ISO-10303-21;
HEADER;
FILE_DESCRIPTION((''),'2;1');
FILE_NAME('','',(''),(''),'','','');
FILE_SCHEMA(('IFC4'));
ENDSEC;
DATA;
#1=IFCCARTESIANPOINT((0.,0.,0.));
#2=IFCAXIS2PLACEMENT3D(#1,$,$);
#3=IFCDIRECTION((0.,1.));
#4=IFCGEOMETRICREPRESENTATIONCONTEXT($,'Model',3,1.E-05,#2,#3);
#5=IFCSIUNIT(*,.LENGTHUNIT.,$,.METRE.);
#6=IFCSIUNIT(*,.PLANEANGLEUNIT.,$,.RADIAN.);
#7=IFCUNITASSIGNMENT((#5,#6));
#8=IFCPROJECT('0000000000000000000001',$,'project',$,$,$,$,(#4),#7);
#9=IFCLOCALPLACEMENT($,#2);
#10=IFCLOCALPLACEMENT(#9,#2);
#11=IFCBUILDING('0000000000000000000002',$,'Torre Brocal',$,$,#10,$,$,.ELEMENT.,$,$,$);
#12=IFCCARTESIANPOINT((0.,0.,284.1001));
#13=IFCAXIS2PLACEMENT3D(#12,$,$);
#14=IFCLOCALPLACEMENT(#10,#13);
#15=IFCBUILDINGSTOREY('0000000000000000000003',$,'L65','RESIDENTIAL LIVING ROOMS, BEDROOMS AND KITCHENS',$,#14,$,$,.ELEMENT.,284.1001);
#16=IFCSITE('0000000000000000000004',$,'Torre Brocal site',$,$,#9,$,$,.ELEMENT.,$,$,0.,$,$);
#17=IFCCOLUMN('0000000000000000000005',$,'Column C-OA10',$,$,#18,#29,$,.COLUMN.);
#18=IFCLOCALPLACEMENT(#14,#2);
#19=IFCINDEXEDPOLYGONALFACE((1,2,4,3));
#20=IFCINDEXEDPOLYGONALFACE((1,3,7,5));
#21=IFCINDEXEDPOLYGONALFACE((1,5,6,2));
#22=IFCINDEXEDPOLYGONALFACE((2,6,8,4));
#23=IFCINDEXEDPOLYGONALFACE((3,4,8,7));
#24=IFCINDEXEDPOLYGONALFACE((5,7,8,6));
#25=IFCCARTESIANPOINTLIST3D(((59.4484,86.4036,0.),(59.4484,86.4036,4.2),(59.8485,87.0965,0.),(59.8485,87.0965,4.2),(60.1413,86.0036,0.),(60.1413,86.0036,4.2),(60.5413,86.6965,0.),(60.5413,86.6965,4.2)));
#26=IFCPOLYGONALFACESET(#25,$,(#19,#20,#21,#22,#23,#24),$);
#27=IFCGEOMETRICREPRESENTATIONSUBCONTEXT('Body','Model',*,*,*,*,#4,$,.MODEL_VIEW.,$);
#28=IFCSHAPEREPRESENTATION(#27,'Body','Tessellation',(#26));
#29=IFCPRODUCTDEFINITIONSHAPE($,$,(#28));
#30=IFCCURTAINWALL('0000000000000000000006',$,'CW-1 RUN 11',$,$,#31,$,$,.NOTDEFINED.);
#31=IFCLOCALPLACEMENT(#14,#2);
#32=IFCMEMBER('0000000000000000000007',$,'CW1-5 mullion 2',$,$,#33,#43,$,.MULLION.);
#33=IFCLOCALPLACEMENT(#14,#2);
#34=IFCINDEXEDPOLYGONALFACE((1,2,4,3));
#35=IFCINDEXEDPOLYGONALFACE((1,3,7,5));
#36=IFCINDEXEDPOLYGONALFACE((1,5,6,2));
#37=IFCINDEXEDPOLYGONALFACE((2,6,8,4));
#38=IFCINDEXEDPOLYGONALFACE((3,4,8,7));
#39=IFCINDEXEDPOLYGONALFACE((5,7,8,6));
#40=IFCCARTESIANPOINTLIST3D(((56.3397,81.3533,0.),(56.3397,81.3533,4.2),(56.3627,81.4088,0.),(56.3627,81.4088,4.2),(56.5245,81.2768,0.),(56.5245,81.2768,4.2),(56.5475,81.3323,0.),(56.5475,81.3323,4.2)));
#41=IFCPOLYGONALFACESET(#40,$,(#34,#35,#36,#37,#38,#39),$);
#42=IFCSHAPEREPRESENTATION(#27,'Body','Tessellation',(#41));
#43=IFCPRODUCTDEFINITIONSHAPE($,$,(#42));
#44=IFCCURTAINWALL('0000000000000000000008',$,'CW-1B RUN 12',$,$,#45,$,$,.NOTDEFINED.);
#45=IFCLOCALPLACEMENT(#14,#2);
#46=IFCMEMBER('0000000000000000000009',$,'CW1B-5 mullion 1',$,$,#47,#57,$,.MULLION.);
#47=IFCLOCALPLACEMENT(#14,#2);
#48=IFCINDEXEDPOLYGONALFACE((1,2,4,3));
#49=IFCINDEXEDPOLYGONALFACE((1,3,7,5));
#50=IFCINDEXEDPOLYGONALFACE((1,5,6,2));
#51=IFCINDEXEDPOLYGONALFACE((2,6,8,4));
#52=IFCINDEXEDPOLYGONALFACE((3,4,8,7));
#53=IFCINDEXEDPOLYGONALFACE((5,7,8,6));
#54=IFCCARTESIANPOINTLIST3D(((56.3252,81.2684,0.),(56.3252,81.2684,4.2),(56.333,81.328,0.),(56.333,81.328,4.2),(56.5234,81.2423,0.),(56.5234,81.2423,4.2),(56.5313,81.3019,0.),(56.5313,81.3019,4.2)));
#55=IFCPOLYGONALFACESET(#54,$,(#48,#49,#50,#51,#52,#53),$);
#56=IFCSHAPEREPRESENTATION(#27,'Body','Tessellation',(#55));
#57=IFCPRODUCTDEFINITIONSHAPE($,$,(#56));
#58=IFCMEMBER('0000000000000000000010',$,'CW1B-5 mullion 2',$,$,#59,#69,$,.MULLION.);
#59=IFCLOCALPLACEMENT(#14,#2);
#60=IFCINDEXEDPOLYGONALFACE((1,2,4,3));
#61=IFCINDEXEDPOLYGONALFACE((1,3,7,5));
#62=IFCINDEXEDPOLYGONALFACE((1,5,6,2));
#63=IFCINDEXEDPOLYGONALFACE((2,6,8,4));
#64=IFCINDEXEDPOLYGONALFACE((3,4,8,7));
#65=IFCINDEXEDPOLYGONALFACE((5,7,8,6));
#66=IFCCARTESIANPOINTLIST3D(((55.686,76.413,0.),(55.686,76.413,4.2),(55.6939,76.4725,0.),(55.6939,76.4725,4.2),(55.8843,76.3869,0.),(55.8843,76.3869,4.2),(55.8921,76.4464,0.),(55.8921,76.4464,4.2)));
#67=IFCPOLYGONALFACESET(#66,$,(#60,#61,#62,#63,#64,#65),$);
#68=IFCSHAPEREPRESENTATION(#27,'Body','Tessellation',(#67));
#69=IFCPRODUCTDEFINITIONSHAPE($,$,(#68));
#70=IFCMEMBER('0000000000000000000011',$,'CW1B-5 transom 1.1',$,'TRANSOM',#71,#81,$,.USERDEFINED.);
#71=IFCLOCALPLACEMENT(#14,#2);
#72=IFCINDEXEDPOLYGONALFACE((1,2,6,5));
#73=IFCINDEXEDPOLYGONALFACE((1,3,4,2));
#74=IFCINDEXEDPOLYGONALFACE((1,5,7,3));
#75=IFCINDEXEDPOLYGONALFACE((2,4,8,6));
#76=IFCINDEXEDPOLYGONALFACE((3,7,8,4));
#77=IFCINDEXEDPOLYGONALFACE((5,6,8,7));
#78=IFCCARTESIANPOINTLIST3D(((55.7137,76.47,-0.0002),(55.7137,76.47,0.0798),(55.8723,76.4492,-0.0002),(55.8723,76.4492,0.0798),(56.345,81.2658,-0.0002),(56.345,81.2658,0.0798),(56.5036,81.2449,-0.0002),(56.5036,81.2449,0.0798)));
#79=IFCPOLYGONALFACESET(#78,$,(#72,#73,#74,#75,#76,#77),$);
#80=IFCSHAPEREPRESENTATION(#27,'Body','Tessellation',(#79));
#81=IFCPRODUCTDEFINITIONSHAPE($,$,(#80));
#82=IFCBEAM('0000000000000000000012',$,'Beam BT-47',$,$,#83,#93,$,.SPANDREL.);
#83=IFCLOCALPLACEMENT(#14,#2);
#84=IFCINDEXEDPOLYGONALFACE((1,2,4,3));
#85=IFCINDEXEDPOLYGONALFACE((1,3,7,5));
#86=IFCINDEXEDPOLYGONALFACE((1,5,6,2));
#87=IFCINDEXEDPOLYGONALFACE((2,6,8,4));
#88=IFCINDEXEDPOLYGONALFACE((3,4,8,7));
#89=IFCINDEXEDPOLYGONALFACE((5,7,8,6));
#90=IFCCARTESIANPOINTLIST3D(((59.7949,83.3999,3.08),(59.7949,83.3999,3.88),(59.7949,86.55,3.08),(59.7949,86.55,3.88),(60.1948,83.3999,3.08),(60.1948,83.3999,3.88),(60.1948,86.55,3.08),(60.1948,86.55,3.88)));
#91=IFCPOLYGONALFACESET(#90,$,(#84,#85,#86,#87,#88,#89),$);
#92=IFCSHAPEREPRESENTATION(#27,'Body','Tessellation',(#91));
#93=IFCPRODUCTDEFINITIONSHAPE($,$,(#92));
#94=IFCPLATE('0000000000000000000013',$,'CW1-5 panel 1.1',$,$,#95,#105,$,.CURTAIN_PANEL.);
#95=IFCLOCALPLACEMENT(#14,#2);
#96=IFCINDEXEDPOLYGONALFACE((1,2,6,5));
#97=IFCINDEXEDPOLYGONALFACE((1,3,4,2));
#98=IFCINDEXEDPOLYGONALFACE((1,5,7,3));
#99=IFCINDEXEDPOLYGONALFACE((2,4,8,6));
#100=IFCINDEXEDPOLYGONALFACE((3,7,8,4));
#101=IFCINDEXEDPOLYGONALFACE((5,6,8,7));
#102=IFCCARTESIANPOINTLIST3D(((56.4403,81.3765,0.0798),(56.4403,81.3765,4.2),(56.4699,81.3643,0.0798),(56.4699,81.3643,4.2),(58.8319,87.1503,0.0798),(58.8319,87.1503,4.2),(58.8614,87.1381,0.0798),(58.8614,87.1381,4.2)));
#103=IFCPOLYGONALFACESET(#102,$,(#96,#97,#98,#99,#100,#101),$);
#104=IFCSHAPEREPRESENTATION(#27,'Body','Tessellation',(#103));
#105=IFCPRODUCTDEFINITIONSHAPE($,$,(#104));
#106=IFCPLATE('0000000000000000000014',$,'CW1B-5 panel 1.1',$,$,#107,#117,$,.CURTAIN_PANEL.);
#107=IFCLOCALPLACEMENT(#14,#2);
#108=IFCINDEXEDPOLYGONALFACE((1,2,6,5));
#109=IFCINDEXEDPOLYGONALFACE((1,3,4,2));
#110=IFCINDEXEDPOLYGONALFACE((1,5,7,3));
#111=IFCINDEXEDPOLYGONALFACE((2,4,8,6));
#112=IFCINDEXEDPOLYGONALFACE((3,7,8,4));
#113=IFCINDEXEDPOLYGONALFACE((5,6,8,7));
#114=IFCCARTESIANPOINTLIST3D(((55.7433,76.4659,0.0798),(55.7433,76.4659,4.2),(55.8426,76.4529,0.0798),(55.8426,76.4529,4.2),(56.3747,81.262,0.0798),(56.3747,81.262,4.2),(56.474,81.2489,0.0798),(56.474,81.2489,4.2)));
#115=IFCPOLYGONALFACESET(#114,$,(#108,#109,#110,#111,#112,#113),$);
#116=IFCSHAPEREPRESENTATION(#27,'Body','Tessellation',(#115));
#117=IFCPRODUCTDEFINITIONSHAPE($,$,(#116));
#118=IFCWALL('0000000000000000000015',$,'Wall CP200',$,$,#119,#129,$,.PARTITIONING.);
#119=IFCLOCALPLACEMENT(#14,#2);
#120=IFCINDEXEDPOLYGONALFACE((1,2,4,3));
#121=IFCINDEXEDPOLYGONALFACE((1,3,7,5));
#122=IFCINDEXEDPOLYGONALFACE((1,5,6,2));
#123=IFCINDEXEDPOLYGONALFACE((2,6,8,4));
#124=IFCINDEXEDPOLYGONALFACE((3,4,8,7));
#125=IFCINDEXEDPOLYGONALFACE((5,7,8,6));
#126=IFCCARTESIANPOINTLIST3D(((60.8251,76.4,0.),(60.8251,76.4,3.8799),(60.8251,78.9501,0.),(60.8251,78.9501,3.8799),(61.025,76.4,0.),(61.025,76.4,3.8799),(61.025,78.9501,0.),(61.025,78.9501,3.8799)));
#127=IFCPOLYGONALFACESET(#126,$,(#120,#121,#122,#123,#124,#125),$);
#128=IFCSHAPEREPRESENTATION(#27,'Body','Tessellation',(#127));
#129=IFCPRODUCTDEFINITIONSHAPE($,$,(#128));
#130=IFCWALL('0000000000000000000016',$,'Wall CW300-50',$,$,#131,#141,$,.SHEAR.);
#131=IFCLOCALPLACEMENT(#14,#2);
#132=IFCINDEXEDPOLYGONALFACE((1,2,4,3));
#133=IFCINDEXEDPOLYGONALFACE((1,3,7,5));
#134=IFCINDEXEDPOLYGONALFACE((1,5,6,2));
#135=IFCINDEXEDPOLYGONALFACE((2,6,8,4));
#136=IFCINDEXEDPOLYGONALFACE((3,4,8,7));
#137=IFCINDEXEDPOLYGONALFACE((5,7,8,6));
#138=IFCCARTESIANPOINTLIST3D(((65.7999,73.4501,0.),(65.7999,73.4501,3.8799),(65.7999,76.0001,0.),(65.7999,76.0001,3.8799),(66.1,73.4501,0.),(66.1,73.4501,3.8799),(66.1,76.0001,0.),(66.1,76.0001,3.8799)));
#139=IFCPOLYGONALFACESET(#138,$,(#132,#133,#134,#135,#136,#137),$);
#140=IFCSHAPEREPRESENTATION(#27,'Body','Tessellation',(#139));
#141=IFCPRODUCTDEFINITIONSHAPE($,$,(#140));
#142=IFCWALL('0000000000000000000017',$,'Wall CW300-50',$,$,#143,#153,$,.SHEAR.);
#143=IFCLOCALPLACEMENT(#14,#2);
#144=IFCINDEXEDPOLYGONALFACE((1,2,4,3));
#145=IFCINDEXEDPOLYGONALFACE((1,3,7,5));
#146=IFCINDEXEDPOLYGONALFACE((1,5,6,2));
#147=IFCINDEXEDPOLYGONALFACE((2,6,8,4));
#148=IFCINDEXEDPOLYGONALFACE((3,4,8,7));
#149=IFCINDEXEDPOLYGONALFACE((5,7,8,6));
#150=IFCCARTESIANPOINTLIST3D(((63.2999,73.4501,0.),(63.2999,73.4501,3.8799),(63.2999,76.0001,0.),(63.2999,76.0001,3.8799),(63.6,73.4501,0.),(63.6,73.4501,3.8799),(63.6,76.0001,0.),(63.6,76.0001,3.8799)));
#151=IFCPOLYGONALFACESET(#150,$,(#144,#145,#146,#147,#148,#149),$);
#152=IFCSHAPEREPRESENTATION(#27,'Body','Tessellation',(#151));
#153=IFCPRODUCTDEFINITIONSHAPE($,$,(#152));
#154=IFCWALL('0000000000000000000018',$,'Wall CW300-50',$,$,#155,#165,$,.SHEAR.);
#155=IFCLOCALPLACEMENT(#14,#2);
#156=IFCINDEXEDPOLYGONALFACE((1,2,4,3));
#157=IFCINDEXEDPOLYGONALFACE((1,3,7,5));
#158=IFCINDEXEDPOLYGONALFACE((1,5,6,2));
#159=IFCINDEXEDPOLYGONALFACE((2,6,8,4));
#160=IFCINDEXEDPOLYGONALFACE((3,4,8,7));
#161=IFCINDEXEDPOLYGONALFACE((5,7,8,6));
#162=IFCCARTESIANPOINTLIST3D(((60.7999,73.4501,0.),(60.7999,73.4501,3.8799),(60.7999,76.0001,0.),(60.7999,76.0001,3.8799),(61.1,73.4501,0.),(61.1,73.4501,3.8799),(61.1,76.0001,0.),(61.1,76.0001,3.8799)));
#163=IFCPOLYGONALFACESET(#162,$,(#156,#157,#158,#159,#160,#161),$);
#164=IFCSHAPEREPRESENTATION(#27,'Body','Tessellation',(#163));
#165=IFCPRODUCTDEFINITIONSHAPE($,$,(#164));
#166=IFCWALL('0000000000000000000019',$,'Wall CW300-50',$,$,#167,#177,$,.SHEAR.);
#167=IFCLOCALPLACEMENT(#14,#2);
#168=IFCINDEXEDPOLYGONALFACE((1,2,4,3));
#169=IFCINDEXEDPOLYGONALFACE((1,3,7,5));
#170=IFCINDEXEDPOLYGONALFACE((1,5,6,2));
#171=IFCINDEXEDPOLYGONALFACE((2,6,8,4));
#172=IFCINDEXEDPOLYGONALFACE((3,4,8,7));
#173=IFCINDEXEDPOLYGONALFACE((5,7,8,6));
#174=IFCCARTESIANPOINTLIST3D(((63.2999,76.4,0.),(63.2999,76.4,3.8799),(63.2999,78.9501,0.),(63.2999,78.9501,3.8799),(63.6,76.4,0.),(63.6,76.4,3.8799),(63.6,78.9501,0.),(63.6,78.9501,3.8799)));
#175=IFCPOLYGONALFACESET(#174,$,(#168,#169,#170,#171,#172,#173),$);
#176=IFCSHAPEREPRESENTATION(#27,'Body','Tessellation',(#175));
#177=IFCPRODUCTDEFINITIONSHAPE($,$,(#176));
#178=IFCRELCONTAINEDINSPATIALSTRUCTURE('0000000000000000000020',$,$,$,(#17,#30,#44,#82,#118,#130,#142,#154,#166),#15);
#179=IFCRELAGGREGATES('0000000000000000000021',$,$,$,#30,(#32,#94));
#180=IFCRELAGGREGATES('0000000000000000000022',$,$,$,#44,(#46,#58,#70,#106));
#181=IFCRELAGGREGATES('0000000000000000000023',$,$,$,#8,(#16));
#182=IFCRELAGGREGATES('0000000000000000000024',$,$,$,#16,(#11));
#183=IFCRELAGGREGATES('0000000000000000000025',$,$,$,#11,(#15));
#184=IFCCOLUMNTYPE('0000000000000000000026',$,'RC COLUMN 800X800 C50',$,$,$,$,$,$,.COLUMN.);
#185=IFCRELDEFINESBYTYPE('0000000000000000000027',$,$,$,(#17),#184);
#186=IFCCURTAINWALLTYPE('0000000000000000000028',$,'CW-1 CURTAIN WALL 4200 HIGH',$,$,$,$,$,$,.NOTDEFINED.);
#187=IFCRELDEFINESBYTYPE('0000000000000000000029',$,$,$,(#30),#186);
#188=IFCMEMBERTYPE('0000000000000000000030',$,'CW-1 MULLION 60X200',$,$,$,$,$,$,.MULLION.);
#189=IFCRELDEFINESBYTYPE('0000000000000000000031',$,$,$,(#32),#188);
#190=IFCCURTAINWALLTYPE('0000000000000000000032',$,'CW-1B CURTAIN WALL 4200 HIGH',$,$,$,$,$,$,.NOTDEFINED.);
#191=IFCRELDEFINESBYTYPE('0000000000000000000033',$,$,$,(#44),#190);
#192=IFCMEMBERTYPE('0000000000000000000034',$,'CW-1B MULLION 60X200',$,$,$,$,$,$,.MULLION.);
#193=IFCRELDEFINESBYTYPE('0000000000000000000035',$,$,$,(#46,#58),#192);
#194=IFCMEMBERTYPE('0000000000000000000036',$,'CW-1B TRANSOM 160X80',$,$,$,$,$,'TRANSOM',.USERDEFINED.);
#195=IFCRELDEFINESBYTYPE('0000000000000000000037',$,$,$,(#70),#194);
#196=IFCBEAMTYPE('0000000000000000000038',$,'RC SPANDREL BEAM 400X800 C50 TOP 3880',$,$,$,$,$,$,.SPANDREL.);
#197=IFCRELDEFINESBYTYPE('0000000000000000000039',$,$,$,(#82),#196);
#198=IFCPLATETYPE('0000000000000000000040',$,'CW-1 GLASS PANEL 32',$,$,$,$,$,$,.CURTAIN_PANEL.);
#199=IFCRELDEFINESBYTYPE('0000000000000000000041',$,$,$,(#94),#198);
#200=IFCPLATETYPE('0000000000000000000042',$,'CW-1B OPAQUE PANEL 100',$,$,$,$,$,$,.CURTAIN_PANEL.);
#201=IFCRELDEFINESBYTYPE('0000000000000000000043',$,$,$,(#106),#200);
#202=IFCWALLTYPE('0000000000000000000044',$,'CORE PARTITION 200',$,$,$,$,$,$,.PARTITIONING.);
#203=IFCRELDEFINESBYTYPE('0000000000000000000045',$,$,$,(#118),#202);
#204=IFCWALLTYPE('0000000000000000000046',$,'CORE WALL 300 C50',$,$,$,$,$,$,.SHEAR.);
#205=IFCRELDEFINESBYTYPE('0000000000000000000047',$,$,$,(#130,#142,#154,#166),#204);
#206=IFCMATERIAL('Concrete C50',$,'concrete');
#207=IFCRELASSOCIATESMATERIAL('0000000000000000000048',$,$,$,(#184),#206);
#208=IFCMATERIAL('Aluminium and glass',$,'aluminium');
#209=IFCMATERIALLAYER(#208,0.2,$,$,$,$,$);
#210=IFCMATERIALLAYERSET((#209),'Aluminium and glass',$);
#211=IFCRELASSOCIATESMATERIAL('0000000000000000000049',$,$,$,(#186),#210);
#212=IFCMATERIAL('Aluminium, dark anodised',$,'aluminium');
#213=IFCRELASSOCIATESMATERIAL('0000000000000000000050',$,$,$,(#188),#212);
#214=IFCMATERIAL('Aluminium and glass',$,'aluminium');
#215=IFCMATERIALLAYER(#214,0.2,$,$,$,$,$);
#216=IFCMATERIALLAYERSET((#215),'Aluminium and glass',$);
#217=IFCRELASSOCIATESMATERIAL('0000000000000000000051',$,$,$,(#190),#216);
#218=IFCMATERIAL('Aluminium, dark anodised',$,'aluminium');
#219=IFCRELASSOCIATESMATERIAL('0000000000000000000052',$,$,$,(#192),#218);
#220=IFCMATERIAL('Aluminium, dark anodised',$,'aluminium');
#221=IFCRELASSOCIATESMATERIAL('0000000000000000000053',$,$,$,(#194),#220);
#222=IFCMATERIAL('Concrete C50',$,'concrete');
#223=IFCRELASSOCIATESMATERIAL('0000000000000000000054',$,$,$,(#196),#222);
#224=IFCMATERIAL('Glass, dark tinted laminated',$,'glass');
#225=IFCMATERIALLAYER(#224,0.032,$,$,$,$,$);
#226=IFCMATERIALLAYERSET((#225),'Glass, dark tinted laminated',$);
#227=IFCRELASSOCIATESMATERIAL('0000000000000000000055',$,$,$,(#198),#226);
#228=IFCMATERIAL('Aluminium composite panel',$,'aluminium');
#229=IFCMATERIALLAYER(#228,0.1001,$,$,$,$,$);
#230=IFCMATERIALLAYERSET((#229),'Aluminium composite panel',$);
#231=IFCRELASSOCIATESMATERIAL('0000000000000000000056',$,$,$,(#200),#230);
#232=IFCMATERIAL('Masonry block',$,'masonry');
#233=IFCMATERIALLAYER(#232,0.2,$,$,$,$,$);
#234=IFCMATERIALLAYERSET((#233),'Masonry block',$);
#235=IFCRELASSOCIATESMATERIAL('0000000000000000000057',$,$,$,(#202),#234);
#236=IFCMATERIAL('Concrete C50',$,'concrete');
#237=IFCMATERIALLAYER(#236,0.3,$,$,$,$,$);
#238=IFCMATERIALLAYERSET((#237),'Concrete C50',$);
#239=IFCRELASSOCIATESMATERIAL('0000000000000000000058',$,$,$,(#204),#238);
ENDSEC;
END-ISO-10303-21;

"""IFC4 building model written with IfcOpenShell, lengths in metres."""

from ifc_helpers import new_model, si_unit, direction, frame, frame_2d, origin, origin_2d, place, context, subcontext, project, spatial, rectangle, extrude, material, layer, layer_set, material_profile, profile_set, type_object, element, aggregate, save


model = new_model("IFC4")

# Units and contexts
model_context = context("Model", 3, precision=1e-05, world=origin(), true_north=direction((0.0, 1.0)))
body_context = subcontext(model_context, "Body", "Model", "MODEL_VIEW")
ifc_project = project(units=[si_unit("LENGTHUNIT", "METRE"), si_unit("PLANEANGLEUNIT", "RADIAN")], contexts=[model_context])

# Site, building, storey
site_placement = place(None, origin())
site = spatial("IfcSite", under=ifc_project, at=site_placement, Name="Torre Brocal site", CompositionType="ELEMENT", RefElevation=0.0)
building_placement = place(site_placement, origin())
building = spatial("IfcBuilding", under=site, at=building_placement, Name="Torre Brocal", CompositionType="ELEMENT")
storey_placement = place(building_placement, frame((0.0, 0.0, 284.1001)))
storey = spatial("IfcBuildingStorey", under=building, at=storey_placement, Name="L65", Description="RESIDENTIAL LIVING ROOMS, BEDROOMS AND KITCHENS", CompositionType="ELEMENT", Elevation=284.1001)

# Column
ifc_material_1 = material(Name="Concrete C50", Category="concrete")
ifc_material_profile_1 = material_profile(ifc_material_1, rectangle(XDim=0.8, YDim=0.8, at=origin_2d()), Name="RC 800X800")
ifc_profile_set_1 = profile_set([ifc_material_profile_1], Name="Concrete C50")
column_type = type_object("IfcColumnType", Name="RC COLUMN 800X800 C50", PredefinedType="COLUMN", material=ifc_profile_set_1)
column_placement = place(storey_placement, frame((59.9949, 86.55, 0.0), z_axis=(0.0, 0.0, 1.0), x_axis=(-0.866025, 0.5, 0.0)))
element("IfcColumn", 1, at=column_placement, inside=storey, type_object=column_type, Name="Column C-OA10", PredefinedType="COLUMN", context=body_context, shape_type="SweptSolid", body=[
    extrude(rectangle(XDim=0.8, YDim=0.8, at=origin_2d()), origin(), (0.0, 0.0, 1.0), 4.2),
])

# Curtain wall, member
ifc_material_2 = material(Name="Aluminium and glass", Category="aluminium")
ifc_layer_1 = layer(ifc_material_2, 0.2)
ifc_layer_set_1 = layer_set([ifc_layer_1], Name="Aluminium and glass")
curtain_wall_type_1 = type_object("IfcCurtainWallType", Name="CW-1 CURTAIN WALL 4200 HIGH", PredefinedType="NOTDEFINED", material=ifc_layer_set_1)
curtain_wall_1_placement = place(storey_placement, origin())
curtain_wall_1 = element("IfcCurtainWall", 2, at=curtain_wall_1_placement, inside=storey, type_object=curtain_wall_type_1, Name="CW-1 RUN 11", PredefinedType="NOTDEFINED")
ifc_material_3 = material(Name="Aluminium, dark anodised", Category="aluminium")
ifc_material_profile_2 = material_profile(ifc_material_3, rectangle(XDim=0.2, YDim=0.0601, at=origin_2d()), Name="CW-1 MULLION 60X200")
ifc_profile_set_2 = profile_set([ifc_material_profile_2], Name="Aluminium, dark anodised")
member_type_1 = type_object("IfcMemberType", Name="CW-1 MULLION 60X200", PredefinedType="MULLION", material=ifc_profile_set_2)
member_1_placement = place(storey_placement, frame((56.4436, 81.3428, 0.0), z_axis=(0.0, 0.0, 1.0), x_axis=(0.92388, -0.382683, 0.0)))
member_1 = element("IfcMember", 3, at=member_1_placement, type_object=member_type_1, Name="CW1-5 mullion 2", PredefinedType="MULLION", context=body_context, shape_type="SweptSolid", body=[
    extrude(rectangle(XDim=0.2, YDim=0.0601, at=origin_2d()), origin(), (0.0, 0.0, 1.0), 4.2),
])

# Curtain wall, members
ifc_material_4 = material(Name="Aluminium and glass", Category="aluminium")
ifc_layer_2 = layer(ifc_material_4, 0.2)
ifc_layer_set_2 = layer_set([ifc_layer_2], Name="Aluminium and glass")
curtain_wall_type_2 = type_object("IfcCurtainWallType", Name="CW-1B CURTAIN WALL 4200 HIGH", PredefinedType="NOTDEFINED", material=ifc_layer_set_2)
curtain_wall_2_placement = place(storey_placement, origin())
curtain_wall_2 = element("IfcCurtainWall", 4, at=curtain_wall_2_placement, inside=storey, type_object=curtain_wall_type_2, Name="CW-1B RUN 12", PredefinedType="NOTDEFINED")
ifc_material_5 = material(Name="Aluminium, dark anodised", Category="aluminium")
ifc_material_profile_3 = material_profile(ifc_material_5, rectangle(XDim=0.2, YDim=0.0601, at=origin_2d()), Name="CW-1B MULLION 60X200")
ifc_profile_set_3 = profile_set([ifc_material_profile_3], Name="Aluminium, dark anodised")
member_type_2 = type_object("IfcMemberType", Name="CW-1B MULLION 60X200", PredefinedType="MULLION", material=ifc_profile_set_3)
member_2_placement = place(storey_placement, frame((56.4282, 81.2852, 0.0), z_axis=(0.0, 0.0, 1.0), x_axis=(0.991445, -0.130526, 0.0)))
member_2 = element("IfcMember", 5, at=member_2_placement, type_object=member_type_2, Name="CW1B-5 mullion 1", PredefinedType="MULLION", context=body_context, shape_type="SweptSolid", body=[
    extrude(rectangle(XDim=0.2, YDim=0.0601, at=origin_2d()), origin(), (0.0, 0.0, 1.0), 4.2),
])
member_3_placement = place(storey_placement, frame((55.7891, 76.4297, 0.0), z_axis=(0.0, 0.0, 1.0), x_axis=(0.991445, -0.130526, 0.0)))
member_3 = element("IfcMember", 6, at=member_3_placement, type_object=member_type_2, Name="CW1B-5 mullion 2", PredefinedType="MULLION", context=body_context, shape_type="SweptSolid", body=[
    extrude(rectangle(XDim=0.2, YDim=0.0601, at=origin_2d()), origin(), (0.0, 0.0, 1.0), 4.2),
])
ifc_material_6 = material(Name="Aluminium, dark anodised", Category="aluminium")
ifc_material_profile_4 = material_profile(ifc_material_6, rectangle(XDim=0.1599, YDim=0.0801, at=origin_2d()), Name="CW-1B TRANSOM 160X80")
ifc_profile_set_4 = profile_set([ifc_material_profile_4], Name="Aluminium, dark anodised")
member_type_3 = type_object("IfcMemberType", Name="CW-1B TRANSOM 160X80", ElementType="TRANSOM", PredefinedType="USERDEFINED", material=ifc_profile_set_4)
member_4_placement = place(storey_placement, frame((56.4243, 81.2554, 0.0398), z_axis=(-0.130517, -0.991446, 0.0), x_axis=(0.991446, -0.130517, 0.0)))
member_4 = element("IfcMember", 7, at=member_4_placement, type_object=member_type_3, Name="CW1B-5 transom 1.1", ObjectType="TRANSOM", PredefinedType="USERDEFINED", context=body_context, shape_type="SweptSolid", body=[
    extrude(rectangle(XDim=0.1599, YDim=0.0801, at=origin_2d()), origin(), (0.0, 0.0, 1.0), 4.8372),
])

# Beam
ifc_material_7 = material(Name="Concrete C50", Category="concrete")
ifc_material_profile_5 = material_profile(ifc_material_7, rectangle(XDim=0.3999, YDim=0.8, at=origin_2d()), Name="RC 400X800")
ifc_profile_set_5 = profile_set([ifc_material_profile_5], Name="Concrete C50")
beam_type = type_object("IfcBeamType", Name="RC SPANDREL BEAM 400X800 C50 TOP 3880", PredefinedType="SPANDREL", material=ifc_profile_set_5)
beam_placement = place(storey_placement, frame((59.9949, 86.55, 3.48), z_axis=(0.0, -1.0, 0.0), x_axis=(1.0, 0.0, 0.0)))
element("IfcBeam", 8, at=beam_placement, inside=storey, type_object=beam_type, Name="Beam BT-47", PredefinedType="SPANDREL", context=body_context, shape_type="SweptSolid", body=[
    extrude(rectangle(XDim=0.3999, YDim=0.8, at=origin_2d()), origin(), (0.0, 0.0, 1.0), 3.1501),
])

# Plates
ifc_material_8 = material(Name="Glass, dark tinted laminated", Category="glass")
ifc_layer_3 = layer(ifc_material_8, 0.032)
ifc_layer_set_3 = layer_set([ifc_layer_3], Name="Glass, dark tinted laminated")
plate_type_1 = type_object("IfcPlateType", Name="CW-1 GLASS PANEL 32", PredefinedType="CURTAIN_PANEL", material=ifc_layer_set_3)
plate_1_placement = place(storey_placement, frame((57.6509, 84.2573, 0.0798), z_axis=(0.0, 0.0, 1.0), x_axis=(-0.382683, -0.92388, 0.0)))
plate_1 = element("IfcPlate", 9, at=plate_1_placement, type_object=plate_type_1, Name="CW1-5 panel 1.1", PredefinedType="CURTAIN_PANEL", context=body_context, shape_type="SweptSolid", body=[
    extrude(rectangle(XDim=6.2495, YDim=0.032, at=origin_2d()), origin(), (0.0, 0.0, 1.0), 4.1201),
])
aggregate(curtain_wall_1, [member_1, plate_1])
ifc_material_9 = material(Name="Aluminium composite panel", Category="aluminium")
ifc_layer_4 = layer(ifc_material_9, 0.1001)
ifc_layer_set_4 = layer_set([ifc_layer_4], Name="Aluminium composite panel")
plate_type_2 = type_object("IfcPlateType", Name="CW-1B OPAQUE PANEL 100", PredefinedType="CURTAIN_PANEL", material=ifc_layer_set_4)
plate_2_placement = place(storey_placement, frame((56.1086, 78.8574, 0.0798), z_axis=(0.0, 0.0, 1.0), x_axis=(-0.130526, -0.991445, 0.0)))
plate_2 = element("IfcPlate", 10, at=plate_2_placement, type_object=plate_type_2, Name="CW1B-5 panel 1.1", PredefinedType="CURTAIN_PANEL", context=body_context, shape_type="SweptSolid", body=[
    extrude(rectangle(XDim=4.8374, YDim=0.1001, at=origin_2d()), origin(), (0.0, 0.0, 1.0), 4.1201),
])
aggregate(curtain_wall_2, [member_2, member_3, member_4, plate_2])

# Walls
ifc_material_10 = material(Name="Masonry block", Category="masonry")
ifc_layer_5 = layer(ifc_material_10, 0.2)
ifc_layer_set_5 = layer_set([ifc_layer_5], Name="Masonry block")
wall_type_1 = type_object("IfcWallType", Name="CORE PARTITION 200", PredefinedType="PARTITIONING", material=ifc_layer_set_5)
wall_1_placement = place(storey_placement, frame((60.925, 78.95, 0.0), z_axis=(0.0, 0.0, 1.0), x_axis=(0.0, -1.0, 0.0)))
element("IfcWall", 11, at=wall_1_placement, inside=storey, type_object=wall_type_1, Name="Wall CP200", PredefinedType="PARTITIONING", context=body_context, shape_type="SweptSolid", body=[
    extrude(rectangle(XDim=2.55, YDim=0.2, at=frame_2d((1.2749, 0.0))), origin(), (0.0, 0.0, 1.0), 3.8799),
])
ifc_material_11 = material(Name="Concrete C50", Category="concrete")
ifc_layer_6 = layer(ifc_material_11, 0.3)
ifc_layer_set_6 = layer_set([ifc_layer_6], Name="Concrete C50")
wall_type_2 = type_object("IfcWallType", Name="CORE WALL 300 C50", PredefinedType="SHEAR", material=ifc_layer_set_6)
for number, where, z_axis, x_axis, name in (
    (12, (65.95, 76.0, 0.0), (0.0, 0.0, 1.0), (0.0, -1.0, 0.0), "Wall CW300-50"),
    (13, (63.45, 76.0, 0.0), (0.0, 0.0, 1.0), (0.0, -1.0, 0.0), "Wall CW300-50"),
    (14, (60.95, 76.0, 0.0), (0.0, 0.0, 1.0), (0.0, -1.0, 0.0), "Wall CW300-50"),
    (15, (63.45, 78.95, 0.0), (0.0, 0.0, 1.0), (0.0, -1.0, 0.0), "Wall CW300-50"),
):
    element("IfcWall", number, at=place(storey_placement, frame(where, z_axis=z_axis, x_axis=x_axis)), inside=storey, type_object=wall_type_2, Name=name, PredefinedType="SHEAR", context=body_context, shape_type="SweptSolid", body=[
        extrude(rectangle(XDim=2.55, YDim=0.3, at=frame_2d((1.2749, 0.0))), origin(), (0.0, 0.0, 1.0), 3.8799),
    ])

save(model, "model.ifc")
